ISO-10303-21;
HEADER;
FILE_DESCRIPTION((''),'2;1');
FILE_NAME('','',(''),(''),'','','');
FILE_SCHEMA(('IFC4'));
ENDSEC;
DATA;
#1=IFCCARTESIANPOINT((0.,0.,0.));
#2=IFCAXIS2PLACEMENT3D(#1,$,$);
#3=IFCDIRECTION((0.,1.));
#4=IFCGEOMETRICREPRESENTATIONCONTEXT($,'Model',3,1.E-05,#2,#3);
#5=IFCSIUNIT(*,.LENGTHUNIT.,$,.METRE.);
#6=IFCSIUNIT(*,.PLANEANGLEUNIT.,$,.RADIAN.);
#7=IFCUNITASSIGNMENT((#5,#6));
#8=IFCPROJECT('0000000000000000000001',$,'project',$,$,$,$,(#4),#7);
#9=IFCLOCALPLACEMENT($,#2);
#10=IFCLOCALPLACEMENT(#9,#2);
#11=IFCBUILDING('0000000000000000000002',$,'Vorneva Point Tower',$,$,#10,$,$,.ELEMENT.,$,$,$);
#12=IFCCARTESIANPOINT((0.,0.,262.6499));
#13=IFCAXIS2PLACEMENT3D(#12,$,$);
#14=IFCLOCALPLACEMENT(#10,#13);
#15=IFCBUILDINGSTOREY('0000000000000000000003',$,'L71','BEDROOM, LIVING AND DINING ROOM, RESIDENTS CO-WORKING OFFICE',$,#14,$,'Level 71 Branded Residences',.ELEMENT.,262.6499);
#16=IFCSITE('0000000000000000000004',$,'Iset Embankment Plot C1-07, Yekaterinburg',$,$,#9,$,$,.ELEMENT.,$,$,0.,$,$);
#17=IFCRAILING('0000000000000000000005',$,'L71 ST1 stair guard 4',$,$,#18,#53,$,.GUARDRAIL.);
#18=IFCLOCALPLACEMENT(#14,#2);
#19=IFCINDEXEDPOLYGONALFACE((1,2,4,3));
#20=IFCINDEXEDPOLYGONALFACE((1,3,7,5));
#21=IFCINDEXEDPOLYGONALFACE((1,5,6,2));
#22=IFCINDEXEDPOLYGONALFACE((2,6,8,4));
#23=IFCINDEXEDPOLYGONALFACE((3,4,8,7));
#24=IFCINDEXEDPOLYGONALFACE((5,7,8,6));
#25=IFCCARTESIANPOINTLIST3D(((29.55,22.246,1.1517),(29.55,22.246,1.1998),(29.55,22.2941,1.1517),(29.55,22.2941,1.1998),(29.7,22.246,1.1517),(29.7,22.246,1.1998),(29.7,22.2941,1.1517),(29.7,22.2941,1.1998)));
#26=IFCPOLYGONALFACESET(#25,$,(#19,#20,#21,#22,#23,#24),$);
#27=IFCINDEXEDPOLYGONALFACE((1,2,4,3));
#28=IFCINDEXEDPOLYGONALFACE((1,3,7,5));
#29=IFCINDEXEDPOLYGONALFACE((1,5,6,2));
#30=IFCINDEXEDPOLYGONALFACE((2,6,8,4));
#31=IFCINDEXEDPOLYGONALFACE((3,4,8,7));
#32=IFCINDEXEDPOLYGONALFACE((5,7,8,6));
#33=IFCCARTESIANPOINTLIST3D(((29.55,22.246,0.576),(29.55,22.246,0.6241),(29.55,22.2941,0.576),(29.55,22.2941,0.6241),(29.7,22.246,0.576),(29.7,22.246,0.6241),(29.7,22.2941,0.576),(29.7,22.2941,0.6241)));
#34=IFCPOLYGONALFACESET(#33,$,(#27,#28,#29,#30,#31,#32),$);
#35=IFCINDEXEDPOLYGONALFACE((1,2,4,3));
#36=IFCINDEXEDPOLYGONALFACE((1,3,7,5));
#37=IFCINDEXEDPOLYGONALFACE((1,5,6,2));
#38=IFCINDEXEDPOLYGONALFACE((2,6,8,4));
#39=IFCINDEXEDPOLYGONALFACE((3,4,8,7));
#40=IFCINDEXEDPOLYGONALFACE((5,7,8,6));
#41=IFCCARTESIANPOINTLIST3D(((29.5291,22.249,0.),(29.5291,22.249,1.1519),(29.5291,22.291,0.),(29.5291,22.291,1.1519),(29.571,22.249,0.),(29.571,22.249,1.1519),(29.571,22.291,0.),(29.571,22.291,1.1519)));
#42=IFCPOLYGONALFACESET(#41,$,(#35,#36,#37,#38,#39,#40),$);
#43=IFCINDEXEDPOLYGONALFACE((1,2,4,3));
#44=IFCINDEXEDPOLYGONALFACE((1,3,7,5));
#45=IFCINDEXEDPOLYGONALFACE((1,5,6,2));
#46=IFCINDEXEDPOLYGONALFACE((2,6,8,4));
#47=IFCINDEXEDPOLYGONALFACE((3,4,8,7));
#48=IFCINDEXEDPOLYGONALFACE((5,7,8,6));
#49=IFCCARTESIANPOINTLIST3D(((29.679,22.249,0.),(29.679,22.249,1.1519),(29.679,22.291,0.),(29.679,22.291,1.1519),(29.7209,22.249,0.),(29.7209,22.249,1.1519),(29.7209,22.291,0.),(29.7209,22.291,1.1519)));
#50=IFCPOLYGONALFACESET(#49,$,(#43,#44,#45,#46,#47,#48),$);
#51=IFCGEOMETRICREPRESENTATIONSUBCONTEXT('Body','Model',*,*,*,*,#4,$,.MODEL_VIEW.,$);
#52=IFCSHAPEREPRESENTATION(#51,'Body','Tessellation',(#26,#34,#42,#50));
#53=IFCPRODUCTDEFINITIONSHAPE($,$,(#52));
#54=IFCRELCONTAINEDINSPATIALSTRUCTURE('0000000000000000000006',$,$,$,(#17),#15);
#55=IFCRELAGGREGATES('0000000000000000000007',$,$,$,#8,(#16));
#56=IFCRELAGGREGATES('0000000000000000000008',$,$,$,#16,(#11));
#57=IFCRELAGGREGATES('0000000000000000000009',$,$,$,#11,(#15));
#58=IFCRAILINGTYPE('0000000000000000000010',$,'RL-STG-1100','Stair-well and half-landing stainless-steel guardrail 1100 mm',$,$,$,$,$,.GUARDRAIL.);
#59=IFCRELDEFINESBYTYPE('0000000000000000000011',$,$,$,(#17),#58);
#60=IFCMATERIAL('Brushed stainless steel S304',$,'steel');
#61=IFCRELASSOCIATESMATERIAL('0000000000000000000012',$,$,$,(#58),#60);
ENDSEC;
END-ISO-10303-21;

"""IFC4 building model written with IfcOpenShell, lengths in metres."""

from ifc_helpers import new_model, si_unit, direction, frame, origin, origin_2d, place, context, subcontext, project, spatial, rectangle, extrude, material, type_object, element, save


model = new_model("IFC4")

# Units and contexts
model_context = context("Model", 3, precision=1e-05, world=origin(), true_north=direction((0.0, 1.0)))
body_context = subcontext(model_context, "Body", "Model", "MODEL_VIEW")
ifc_project = project(units=[si_unit("LENGTHUNIT", "METRE"), si_unit("PLANEANGLEUNIT", "RADIAN")], contexts=[model_context])

# Site, building, storey
site_placement = place(None, origin())
site = spatial("IfcSite", under=ifc_project, at=site_placement, Name="Iset Embankment Plot C1-07, Yekaterinburg", CompositionType="ELEMENT", RefElevation=0.0)
building_placement = place(site_placement, origin())
building = spatial("IfcBuilding", under=site, at=building_placement, Name="Vorneva Point Tower", CompositionType="ELEMENT")
storey_placement = place(building_placement, frame((0.0, 0.0, 262.6499)))
storey = spatial("IfcBuildingStorey", under=building, at=storey_placement, Name="L71", Description="BEDROOM, LIVING AND DINING ROOM, RESIDENTS CO-WORKING OFFICE", LongName="Level 71 Branded Residences", CompositionType="ELEMENT", Elevation=262.6499)

# Railing
ifc_material_1 = material(Name="Brushed stainless steel S304", Category="steel")
railing_type_1 = type_object("IfcRailingType", Name="RL-STG-1100", Description="Stair-well and half-landing stainless-steel guardrail 1100 mm", PredefinedType="GUARDRAIL", material=ifc_material_1)
railing_1_placement = place(storey_placement, frame((29.55, 22.27, 0.0)))
element("IfcRailing", 1, at=railing_1_placement, inside=storey, type_object=railing_type_1, Name="L71 ST1 stair guard 4", PredefinedType="GUARDRAIL", context=body_context, shape_type="SweptSolid", body=[
    extrude(rectangle(XDim=0.0481, YDim=0.0481, at=origin_2d()), frame((0.0, 0.0, 1.1758), z_axis=(1.0, 0.0, 0.0), x_axis=(0.0, 1.0, 0.0)), (0.0, 0.0, 1.0), 0.1499),
    extrude(rectangle(XDim=0.0481, YDim=0.0481, at=origin_2d()), frame((0.0, 0.0, 0.6001), z_axis=(1.0, 0.0, 0.0), x_axis=(0.0, 1.0, 0.0)), (0.0, 0.0, 1.0), 0.1499),
    extrude(rectangle(XDim=0.042, YDim=0.042, at=origin_2d()), origin(), (0.0, 0.0, 1.0), 1.1519),
    extrude(rectangle(XDim=0.042, YDim=0.042, at=origin_2d()), frame((0.1499, 0.0, 0.0)), (0.0, 0.0, 1.0), 1.1519),
])

save(model, "model.ifc")
